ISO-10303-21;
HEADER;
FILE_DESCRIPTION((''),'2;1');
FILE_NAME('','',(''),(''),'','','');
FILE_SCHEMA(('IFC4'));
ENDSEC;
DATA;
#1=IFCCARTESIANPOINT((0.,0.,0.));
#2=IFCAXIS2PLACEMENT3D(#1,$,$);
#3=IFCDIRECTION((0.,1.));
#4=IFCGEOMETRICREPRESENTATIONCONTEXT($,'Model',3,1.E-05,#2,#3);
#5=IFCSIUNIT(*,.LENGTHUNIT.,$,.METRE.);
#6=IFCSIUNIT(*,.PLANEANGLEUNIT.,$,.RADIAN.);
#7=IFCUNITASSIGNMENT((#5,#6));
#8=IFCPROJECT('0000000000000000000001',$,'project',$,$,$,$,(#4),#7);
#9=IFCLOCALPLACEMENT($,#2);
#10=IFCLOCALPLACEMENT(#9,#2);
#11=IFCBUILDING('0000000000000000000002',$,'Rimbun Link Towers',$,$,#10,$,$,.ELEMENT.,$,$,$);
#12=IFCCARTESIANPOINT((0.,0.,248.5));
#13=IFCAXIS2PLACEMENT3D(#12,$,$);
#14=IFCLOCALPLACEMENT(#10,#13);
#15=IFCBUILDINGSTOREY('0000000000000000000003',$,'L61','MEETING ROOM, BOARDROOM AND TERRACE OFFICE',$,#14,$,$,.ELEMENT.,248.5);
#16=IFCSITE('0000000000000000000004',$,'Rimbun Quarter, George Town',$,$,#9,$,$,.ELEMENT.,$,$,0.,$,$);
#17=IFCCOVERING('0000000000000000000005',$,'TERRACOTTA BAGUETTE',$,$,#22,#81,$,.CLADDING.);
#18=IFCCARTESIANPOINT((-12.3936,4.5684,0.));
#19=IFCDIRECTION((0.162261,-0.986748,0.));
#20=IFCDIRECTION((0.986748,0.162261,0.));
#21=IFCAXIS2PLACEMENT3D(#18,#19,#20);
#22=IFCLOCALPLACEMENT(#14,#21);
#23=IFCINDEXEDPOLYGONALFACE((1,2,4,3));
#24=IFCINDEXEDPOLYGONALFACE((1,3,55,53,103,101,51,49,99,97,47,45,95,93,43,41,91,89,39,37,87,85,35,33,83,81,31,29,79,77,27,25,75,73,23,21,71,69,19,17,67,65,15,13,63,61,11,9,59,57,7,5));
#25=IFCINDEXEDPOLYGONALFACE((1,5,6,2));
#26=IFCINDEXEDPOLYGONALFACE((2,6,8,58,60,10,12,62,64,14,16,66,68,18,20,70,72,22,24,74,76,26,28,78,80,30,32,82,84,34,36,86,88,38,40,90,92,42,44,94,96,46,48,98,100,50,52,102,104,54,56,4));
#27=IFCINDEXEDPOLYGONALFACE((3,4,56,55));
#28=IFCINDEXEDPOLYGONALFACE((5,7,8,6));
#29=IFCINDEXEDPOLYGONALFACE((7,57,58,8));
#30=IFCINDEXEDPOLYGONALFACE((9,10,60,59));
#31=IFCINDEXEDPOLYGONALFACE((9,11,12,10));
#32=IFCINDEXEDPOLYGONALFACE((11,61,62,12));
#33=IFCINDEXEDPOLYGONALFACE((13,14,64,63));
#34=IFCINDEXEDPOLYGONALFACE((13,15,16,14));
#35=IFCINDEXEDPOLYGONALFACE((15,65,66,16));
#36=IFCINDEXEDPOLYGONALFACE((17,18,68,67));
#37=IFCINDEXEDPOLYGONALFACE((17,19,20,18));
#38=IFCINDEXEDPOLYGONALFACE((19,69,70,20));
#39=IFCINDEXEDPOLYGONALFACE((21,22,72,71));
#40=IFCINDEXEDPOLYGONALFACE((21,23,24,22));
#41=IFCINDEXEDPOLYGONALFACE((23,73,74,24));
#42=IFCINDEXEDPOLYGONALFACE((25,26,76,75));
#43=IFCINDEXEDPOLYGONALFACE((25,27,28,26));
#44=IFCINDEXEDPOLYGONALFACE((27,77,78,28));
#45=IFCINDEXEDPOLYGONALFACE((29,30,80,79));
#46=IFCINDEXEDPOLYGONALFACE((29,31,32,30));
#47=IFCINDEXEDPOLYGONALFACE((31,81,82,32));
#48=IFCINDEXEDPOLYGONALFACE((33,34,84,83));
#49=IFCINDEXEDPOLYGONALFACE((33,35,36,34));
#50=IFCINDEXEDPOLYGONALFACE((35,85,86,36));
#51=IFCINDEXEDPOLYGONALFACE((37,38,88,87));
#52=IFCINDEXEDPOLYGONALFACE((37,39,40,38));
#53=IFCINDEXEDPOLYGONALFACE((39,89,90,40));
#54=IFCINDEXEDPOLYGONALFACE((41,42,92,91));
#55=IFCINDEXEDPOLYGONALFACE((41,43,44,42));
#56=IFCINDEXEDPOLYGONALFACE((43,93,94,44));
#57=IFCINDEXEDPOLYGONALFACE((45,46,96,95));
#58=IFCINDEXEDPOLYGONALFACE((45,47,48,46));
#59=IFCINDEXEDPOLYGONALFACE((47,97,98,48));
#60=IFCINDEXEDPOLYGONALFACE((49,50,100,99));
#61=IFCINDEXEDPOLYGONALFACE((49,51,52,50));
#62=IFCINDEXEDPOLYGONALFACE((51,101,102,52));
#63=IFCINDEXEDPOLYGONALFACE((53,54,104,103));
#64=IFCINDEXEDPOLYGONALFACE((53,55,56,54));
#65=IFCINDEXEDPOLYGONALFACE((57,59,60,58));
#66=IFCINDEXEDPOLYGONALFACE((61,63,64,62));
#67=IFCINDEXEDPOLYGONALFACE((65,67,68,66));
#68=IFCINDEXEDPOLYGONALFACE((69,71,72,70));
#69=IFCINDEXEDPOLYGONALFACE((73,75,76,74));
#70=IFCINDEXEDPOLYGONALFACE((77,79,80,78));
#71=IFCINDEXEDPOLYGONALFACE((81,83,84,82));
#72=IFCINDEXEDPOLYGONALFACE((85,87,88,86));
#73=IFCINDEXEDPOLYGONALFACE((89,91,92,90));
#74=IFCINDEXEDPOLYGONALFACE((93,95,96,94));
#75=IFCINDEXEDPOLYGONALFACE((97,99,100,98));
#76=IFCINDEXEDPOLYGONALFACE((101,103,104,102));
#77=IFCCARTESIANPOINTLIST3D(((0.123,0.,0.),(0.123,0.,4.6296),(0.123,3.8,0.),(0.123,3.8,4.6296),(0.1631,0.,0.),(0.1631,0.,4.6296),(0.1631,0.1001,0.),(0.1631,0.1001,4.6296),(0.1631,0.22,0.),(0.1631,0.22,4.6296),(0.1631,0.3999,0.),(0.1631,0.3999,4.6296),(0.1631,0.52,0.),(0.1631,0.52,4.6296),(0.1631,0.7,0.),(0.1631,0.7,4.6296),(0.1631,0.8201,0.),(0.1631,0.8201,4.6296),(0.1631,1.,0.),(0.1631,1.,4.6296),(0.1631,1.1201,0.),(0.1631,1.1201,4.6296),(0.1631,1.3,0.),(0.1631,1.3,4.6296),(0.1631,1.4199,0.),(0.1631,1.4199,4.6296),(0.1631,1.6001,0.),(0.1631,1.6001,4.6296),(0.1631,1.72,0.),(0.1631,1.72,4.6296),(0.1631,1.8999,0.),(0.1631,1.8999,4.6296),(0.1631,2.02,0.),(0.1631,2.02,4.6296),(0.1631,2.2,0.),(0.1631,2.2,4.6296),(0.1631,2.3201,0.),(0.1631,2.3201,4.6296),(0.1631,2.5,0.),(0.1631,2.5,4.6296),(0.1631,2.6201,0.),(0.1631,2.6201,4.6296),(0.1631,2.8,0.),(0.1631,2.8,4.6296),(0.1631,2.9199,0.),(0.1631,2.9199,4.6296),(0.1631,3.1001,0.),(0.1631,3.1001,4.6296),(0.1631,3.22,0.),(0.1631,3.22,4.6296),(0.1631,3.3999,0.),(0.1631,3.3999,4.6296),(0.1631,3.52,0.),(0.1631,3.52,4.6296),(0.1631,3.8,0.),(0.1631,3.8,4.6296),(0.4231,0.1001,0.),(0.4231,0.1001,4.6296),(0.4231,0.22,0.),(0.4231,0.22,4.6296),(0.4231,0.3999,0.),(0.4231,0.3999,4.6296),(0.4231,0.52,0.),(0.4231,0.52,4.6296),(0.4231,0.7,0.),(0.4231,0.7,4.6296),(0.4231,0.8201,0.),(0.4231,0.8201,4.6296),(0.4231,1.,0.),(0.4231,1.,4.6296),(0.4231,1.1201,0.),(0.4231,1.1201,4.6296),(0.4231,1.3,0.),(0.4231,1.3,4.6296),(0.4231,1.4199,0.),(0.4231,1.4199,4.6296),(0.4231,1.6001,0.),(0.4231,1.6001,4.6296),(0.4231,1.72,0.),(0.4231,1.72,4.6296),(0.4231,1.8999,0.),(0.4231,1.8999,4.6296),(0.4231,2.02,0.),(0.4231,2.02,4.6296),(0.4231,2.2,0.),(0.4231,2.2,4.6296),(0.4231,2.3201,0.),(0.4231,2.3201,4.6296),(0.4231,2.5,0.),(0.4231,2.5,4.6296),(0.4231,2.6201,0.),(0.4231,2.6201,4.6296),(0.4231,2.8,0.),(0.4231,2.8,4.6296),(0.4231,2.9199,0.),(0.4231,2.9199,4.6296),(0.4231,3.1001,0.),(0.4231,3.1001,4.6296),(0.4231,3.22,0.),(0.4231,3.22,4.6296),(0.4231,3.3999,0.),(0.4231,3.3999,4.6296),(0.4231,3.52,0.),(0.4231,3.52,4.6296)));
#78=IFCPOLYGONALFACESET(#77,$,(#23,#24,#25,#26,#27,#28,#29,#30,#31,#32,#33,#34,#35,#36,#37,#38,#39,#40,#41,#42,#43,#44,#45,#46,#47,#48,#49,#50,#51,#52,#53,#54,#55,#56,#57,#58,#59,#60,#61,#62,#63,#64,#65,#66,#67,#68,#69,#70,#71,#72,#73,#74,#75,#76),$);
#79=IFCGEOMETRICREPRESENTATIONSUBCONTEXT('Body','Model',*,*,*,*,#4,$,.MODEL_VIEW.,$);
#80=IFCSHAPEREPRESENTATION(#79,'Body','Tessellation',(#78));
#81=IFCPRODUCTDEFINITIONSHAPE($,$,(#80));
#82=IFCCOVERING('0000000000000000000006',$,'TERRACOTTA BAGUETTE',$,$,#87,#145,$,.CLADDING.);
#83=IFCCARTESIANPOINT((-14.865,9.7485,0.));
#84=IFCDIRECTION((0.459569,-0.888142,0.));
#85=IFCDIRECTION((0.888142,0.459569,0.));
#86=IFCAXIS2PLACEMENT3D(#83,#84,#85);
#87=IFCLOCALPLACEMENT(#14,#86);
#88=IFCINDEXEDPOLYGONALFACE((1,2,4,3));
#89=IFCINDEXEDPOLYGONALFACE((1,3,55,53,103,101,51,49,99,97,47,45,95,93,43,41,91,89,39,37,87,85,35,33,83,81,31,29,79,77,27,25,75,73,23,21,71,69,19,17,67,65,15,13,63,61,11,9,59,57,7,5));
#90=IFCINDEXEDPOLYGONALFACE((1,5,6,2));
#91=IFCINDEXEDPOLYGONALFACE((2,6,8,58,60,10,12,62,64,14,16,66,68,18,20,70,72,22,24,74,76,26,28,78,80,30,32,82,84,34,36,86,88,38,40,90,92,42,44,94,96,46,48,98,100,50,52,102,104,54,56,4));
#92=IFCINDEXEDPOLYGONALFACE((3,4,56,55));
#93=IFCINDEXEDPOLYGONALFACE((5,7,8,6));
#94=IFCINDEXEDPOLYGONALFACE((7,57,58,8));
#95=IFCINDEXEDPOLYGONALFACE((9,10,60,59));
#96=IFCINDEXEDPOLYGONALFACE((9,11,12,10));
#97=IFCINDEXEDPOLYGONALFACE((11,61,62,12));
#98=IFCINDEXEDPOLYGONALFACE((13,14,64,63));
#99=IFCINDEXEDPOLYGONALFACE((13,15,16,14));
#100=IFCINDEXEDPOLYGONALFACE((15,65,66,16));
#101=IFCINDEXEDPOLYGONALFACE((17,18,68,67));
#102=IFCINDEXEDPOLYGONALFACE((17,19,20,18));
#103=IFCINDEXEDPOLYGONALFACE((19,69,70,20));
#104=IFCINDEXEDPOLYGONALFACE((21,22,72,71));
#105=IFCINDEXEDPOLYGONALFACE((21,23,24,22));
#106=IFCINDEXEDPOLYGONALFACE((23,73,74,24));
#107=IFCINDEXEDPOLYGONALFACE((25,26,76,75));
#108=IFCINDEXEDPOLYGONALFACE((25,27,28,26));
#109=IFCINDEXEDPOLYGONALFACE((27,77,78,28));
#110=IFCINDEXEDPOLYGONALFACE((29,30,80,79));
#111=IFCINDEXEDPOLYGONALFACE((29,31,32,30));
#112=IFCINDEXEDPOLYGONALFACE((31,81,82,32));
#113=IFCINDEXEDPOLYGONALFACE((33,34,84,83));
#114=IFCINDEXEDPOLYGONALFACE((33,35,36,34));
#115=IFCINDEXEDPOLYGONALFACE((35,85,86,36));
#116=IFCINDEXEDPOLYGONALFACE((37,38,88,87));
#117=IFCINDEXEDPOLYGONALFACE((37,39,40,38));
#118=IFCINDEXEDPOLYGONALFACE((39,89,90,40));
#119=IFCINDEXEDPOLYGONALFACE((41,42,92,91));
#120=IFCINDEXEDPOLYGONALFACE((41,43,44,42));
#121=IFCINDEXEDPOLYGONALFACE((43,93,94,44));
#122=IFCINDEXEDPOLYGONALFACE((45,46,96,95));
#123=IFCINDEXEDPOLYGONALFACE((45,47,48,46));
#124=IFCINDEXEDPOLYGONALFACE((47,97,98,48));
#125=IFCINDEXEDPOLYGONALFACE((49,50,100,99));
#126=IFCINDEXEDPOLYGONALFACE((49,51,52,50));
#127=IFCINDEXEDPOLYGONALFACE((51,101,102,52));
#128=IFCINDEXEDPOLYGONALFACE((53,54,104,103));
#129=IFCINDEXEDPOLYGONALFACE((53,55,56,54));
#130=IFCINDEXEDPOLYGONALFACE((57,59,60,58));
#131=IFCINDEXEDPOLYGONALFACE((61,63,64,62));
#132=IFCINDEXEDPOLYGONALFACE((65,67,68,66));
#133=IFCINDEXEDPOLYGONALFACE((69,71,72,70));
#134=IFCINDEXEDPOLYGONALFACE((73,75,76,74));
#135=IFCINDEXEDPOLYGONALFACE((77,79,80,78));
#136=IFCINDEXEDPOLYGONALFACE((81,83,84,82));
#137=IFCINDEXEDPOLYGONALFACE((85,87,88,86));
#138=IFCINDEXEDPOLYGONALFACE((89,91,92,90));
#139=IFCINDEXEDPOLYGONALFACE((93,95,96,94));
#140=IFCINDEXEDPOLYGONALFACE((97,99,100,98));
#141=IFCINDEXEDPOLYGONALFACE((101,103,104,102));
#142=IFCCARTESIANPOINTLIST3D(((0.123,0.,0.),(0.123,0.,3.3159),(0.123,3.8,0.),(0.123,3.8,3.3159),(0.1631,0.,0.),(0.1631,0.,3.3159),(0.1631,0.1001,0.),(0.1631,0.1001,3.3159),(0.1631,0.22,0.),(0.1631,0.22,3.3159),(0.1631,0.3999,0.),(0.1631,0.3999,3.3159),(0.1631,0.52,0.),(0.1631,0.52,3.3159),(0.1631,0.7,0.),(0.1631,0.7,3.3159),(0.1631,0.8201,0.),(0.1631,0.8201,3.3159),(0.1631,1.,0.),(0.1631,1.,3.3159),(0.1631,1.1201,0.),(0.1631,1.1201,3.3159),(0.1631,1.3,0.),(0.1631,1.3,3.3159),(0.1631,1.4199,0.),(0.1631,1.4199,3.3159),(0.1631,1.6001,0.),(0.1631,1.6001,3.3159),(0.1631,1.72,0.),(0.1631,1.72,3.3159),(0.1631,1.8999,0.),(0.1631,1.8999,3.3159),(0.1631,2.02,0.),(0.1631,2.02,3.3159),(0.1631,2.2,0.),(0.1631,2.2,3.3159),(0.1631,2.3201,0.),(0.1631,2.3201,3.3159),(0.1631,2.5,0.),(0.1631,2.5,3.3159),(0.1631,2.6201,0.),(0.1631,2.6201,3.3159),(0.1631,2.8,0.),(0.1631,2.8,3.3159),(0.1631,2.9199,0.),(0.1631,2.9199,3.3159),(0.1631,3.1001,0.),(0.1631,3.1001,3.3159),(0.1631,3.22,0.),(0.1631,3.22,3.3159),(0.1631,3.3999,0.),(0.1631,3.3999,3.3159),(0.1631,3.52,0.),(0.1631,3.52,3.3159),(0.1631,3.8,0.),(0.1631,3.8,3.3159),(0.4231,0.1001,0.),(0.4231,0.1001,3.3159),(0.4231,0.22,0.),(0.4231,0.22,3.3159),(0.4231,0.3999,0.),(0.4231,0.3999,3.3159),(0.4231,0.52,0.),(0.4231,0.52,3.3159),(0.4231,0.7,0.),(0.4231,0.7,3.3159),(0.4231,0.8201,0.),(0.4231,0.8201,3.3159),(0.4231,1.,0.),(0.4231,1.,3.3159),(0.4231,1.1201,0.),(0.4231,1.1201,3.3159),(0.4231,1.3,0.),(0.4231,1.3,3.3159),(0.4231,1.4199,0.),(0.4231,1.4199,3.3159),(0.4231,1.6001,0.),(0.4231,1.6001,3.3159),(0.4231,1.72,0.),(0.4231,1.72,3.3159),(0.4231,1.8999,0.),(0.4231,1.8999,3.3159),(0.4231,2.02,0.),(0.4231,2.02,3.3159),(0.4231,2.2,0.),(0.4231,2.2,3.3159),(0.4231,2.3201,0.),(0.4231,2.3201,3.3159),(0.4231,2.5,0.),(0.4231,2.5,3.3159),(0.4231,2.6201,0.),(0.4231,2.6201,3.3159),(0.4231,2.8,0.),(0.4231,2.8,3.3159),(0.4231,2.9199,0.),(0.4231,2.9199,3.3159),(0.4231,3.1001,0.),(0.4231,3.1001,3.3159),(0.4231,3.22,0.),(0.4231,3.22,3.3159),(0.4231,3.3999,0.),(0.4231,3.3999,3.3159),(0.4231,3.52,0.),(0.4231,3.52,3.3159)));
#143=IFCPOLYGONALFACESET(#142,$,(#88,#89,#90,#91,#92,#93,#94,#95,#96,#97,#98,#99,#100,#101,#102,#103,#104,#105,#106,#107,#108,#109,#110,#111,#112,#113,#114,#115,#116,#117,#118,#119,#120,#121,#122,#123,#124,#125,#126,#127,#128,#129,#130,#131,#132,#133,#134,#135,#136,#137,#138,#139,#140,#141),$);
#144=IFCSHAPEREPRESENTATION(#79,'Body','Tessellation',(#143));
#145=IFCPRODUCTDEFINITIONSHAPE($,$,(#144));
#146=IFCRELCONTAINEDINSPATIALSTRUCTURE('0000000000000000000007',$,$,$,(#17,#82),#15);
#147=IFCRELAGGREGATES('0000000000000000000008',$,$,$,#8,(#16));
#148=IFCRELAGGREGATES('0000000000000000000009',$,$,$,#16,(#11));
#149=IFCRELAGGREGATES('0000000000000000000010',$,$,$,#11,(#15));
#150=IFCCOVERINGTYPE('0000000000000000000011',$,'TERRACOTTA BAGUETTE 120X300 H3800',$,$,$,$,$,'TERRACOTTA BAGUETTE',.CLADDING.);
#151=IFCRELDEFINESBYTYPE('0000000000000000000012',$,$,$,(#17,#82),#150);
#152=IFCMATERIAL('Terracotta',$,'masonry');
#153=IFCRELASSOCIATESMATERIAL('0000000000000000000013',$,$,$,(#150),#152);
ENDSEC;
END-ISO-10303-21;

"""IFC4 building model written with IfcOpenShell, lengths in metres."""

from ifc_helpers import new_model, si_unit, direction, frame, origin, place, context, subcontext, project, spatial, polyline, outline, extrude, material, material_profile, profile_set, type_object, element, save


model = new_model("IFC4")

# Units and contexts
model_context = context("Model", 3, precision=1e-05, world=origin(), true_north=direction((0.0, 1.0)))
body_context = subcontext(model_context, "Body", "Model", "MODEL_VIEW")
ifc_project = project(units=[si_unit("LENGTHUNIT", "METRE"), si_unit("PLANEANGLEUNIT", "RADIAN")], contexts=[model_context])

# Site, building, storey
site_placement = place(None, origin())
site = spatial("IfcSite", under=ifc_project, at=site_placement, Name="Rimbun Quarter, George Town", CompositionType="ELEMENT", RefElevation=0.0)
building_placement = place(site_placement, origin())
building = spatial("IfcBuilding", under=site, at=building_placement, Name="Rimbun Link Towers", CompositionType="ELEMENT")
storey_placement = place(building_placement, frame((0.0, 0.0, 248.5)))
storey = spatial("IfcBuildingStorey", under=building, at=storey_placement, Name="L61", Description="MEETING ROOM, BOARDROOM AND TERRACE OFFICE", CompositionType="ELEMENT", Elevation=248.5)

# Coverings
ifc_material_1 = material(Name="Terracotta", Category="masonry")
ifc_material_profile_1 = material_profile(ifc_material_1, outline(polyline([(0.123, 0.0), (0.1631, 0.0), (0.1631, 0.1001), (0.4231, 0.1001), (0.4231, 0.22), (0.1631, 0.22), (0.1631, 0.3999), (0.4231, 0.3999), (0.4231, 0.52), (0.1631, 0.52), (0.1631, 0.7), (0.4231, 0.7), (0.4231, 0.8201), (0.1631, 0.8201), (0.1631, 1.0), (0.4231, 1.0), (0.4231, 1.1201), (0.1631, 1.1201), (0.1631, 1.3), (0.4231, 1.3), (0.4231, 1.4199), (0.1631, 1.4199), (0.1631, 1.6001), (0.4231, 1.6001), (0.4231, 1.72), (0.1631, 1.72), (0.1631, 1.8999), (0.4231, 1.8999), (0.4231, 2.02), (0.1631, 2.02), (0.1631, 2.2), (0.4231, 2.2), (0.4231, 2.3201), (0.1631, 2.3201), (0.1631, 2.5), (0.4231, 2.5), (0.4231, 2.6201), (0.1631, 2.6201), (0.1631, 2.8), (0.4231, 2.8), (0.4231, 2.9199), (0.1631, 2.9199), (0.1631, 3.1001), (0.4231, 3.1001), (0.4231, 3.22), (0.1631, 3.22), (0.1631, 3.3999), (0.4231, 3.3999), (0.4231, 3.52), (0.1631, 3.52), (0.1631, 3.8), (0.123, 3.8), (0.123, 0.0)])), Name="BAGUETTE 120X300")
ifc_profile_set_1 = profile_set([ifc_material_profile_1], Name="Terracotta")
covering_type = type_object("IfcCoveringType", Name="TERRACOTTA BAGUETTE 120X300 H3800", ElementType="TERRACOTTA BAGUETTE", PredefinedType="CLADDING", material=ifc_profile_set_1)
covering_1_placement = place(storey_placement, frame((-12.3936, 4.5684, 0.0), z_axis=(0.162261, -0.986748, 0.0), x_axis=(0.986748, 0.162261, 0.0)))
element("IfcCovering", 1, at=covering_1_placement, inside=storey, type_object=covering_type, Name="TERRACOTTA BAGUETTE", PredefinedType="CLADDING", context=body_context, shape_type="SweptSolid", body=[
    extrude(outline(polyline([(0.123, 0.0), (0.1631, 0.0), (0.1631, 0.1001), (0.4231, 0.1001), (0.4231, 0.22), (0.1631, 0.22), (0.1631, 0.3999), (0.4231, 0.3999), (0.4231, 0.52), (0.1631, 0.52), (0.1631, 0.7), (0.4231, 0.7), (0.4231, 0.8201), (0.1631, 0.8201), (0.1631, 1.0), (0.4231, 1.0), (0.4231, 1.1201), (0.1631, 1.1201), (0.1631, 1.3), (0.4231, 1.3), (0.4231, 1.4199), (0.1631, 1.4199), (0.1631, 1.6001), (0.4231, 1.6001), (0.4231, 1.72), (0.1631, 1.72), (0.1631, 1.8999), (0.4231, 1.8999), (0.4231, 2.02), (0.1631, 2.02), (0.1631, 2.2), (0.4231, 2.2), (0.4231, 2.3201), (0.1631, 2.3201), (0.1631, 2.5), (0.4231, 2.5), (0.4231, 2.6201), (0.1631, 2.6201), (0.1631, 2.8), (0.4231, 2.8), (0.4231, 2.9199), (0.1631, 2.9199), (0.1631, 3.1001), (0.4231, 3.1001), (0.4231, 3.22), (0.1631, 3.22), (0.1631, 3.3999), (0.4231, 3.3999), (0.4231, 3.52), (0.1631, 3.52), (0.1631, 3.8), (0.123, 3.8), (0.123, 0.0)])), origin(), (0.0, 0.0, 1.0), 4.6296),
])
covering_2_placement = place(storey_placement, frame((-14.865, 9.7485, 0.0), z_axis=(0.459569, -0.888142, 0.0), x_axis=(0.888142, 0.459569, 0.0)))
element("IfcCovering", 2, at=covering_2_placement, inside=storey, type_object=covering_type, Name="TERRACOTTA BAGUETTE", PredefinedType="CLADDING", context=body_context, shape_type="SweptSolid", body=[
    extrude(outline(polyline([(0.123, 0.0), (0.1631, 0.0), (0.1631, 0.1001), (0.4231, 0.1001), (0.4231, 0.22), (0.1631, 0.22), (0.1631, 0.3999), (0.4231, 0.3999), (0.4231, 0.52), (0.1631, 0.52), (0.1631, 0.7), (0.4231, 0.7), (0.4231, 0.8201), (0.1631, 0.8201), (0.1631, 1.0), (0.4231, 1.0), (0.4231, 1.1201), (0.1631, 1.1201), (0.1631, 1.3), (0.4231, 1.3), (0.4231, 1.4199), (0.1631, 1.4199), (0.1631, 1.6001), (0.4231, 1.6001), (0.4231, 1.72), (0.1631, 1.72), (0.1631, 1.8999), (0.4231, 1.8999), (0.4231, 2.02), (0.1631, 2.02), (0.1631, 2.2), (0.4231, 2.2), (0.4231, 2.3201), (0.1631, 2.3201), (0.1631, 2.5), (0.4231, 2.5), (0.4231, 2.6201), (0.1631, 2.6201), (0.1631, 2.8), (0.4231, 2.8), (0.4231, 2.9199), (0.1631, 2.9199), (0.1631, 3.1001), (0.4231, 3.1001), (0.4231, 3.22), (0.1631, 3.22), (0.1631, 3.3999), (0.4231, 3.3999), (0.4231, 3.52), (0.1631, 3.52), (0.1631, 3.8), (0.123, 3.8), (0.123, 0.0)])), origin(), (0.0, 0.0, 1.0), 3.3159),
])

save(model, "model.ifc")
